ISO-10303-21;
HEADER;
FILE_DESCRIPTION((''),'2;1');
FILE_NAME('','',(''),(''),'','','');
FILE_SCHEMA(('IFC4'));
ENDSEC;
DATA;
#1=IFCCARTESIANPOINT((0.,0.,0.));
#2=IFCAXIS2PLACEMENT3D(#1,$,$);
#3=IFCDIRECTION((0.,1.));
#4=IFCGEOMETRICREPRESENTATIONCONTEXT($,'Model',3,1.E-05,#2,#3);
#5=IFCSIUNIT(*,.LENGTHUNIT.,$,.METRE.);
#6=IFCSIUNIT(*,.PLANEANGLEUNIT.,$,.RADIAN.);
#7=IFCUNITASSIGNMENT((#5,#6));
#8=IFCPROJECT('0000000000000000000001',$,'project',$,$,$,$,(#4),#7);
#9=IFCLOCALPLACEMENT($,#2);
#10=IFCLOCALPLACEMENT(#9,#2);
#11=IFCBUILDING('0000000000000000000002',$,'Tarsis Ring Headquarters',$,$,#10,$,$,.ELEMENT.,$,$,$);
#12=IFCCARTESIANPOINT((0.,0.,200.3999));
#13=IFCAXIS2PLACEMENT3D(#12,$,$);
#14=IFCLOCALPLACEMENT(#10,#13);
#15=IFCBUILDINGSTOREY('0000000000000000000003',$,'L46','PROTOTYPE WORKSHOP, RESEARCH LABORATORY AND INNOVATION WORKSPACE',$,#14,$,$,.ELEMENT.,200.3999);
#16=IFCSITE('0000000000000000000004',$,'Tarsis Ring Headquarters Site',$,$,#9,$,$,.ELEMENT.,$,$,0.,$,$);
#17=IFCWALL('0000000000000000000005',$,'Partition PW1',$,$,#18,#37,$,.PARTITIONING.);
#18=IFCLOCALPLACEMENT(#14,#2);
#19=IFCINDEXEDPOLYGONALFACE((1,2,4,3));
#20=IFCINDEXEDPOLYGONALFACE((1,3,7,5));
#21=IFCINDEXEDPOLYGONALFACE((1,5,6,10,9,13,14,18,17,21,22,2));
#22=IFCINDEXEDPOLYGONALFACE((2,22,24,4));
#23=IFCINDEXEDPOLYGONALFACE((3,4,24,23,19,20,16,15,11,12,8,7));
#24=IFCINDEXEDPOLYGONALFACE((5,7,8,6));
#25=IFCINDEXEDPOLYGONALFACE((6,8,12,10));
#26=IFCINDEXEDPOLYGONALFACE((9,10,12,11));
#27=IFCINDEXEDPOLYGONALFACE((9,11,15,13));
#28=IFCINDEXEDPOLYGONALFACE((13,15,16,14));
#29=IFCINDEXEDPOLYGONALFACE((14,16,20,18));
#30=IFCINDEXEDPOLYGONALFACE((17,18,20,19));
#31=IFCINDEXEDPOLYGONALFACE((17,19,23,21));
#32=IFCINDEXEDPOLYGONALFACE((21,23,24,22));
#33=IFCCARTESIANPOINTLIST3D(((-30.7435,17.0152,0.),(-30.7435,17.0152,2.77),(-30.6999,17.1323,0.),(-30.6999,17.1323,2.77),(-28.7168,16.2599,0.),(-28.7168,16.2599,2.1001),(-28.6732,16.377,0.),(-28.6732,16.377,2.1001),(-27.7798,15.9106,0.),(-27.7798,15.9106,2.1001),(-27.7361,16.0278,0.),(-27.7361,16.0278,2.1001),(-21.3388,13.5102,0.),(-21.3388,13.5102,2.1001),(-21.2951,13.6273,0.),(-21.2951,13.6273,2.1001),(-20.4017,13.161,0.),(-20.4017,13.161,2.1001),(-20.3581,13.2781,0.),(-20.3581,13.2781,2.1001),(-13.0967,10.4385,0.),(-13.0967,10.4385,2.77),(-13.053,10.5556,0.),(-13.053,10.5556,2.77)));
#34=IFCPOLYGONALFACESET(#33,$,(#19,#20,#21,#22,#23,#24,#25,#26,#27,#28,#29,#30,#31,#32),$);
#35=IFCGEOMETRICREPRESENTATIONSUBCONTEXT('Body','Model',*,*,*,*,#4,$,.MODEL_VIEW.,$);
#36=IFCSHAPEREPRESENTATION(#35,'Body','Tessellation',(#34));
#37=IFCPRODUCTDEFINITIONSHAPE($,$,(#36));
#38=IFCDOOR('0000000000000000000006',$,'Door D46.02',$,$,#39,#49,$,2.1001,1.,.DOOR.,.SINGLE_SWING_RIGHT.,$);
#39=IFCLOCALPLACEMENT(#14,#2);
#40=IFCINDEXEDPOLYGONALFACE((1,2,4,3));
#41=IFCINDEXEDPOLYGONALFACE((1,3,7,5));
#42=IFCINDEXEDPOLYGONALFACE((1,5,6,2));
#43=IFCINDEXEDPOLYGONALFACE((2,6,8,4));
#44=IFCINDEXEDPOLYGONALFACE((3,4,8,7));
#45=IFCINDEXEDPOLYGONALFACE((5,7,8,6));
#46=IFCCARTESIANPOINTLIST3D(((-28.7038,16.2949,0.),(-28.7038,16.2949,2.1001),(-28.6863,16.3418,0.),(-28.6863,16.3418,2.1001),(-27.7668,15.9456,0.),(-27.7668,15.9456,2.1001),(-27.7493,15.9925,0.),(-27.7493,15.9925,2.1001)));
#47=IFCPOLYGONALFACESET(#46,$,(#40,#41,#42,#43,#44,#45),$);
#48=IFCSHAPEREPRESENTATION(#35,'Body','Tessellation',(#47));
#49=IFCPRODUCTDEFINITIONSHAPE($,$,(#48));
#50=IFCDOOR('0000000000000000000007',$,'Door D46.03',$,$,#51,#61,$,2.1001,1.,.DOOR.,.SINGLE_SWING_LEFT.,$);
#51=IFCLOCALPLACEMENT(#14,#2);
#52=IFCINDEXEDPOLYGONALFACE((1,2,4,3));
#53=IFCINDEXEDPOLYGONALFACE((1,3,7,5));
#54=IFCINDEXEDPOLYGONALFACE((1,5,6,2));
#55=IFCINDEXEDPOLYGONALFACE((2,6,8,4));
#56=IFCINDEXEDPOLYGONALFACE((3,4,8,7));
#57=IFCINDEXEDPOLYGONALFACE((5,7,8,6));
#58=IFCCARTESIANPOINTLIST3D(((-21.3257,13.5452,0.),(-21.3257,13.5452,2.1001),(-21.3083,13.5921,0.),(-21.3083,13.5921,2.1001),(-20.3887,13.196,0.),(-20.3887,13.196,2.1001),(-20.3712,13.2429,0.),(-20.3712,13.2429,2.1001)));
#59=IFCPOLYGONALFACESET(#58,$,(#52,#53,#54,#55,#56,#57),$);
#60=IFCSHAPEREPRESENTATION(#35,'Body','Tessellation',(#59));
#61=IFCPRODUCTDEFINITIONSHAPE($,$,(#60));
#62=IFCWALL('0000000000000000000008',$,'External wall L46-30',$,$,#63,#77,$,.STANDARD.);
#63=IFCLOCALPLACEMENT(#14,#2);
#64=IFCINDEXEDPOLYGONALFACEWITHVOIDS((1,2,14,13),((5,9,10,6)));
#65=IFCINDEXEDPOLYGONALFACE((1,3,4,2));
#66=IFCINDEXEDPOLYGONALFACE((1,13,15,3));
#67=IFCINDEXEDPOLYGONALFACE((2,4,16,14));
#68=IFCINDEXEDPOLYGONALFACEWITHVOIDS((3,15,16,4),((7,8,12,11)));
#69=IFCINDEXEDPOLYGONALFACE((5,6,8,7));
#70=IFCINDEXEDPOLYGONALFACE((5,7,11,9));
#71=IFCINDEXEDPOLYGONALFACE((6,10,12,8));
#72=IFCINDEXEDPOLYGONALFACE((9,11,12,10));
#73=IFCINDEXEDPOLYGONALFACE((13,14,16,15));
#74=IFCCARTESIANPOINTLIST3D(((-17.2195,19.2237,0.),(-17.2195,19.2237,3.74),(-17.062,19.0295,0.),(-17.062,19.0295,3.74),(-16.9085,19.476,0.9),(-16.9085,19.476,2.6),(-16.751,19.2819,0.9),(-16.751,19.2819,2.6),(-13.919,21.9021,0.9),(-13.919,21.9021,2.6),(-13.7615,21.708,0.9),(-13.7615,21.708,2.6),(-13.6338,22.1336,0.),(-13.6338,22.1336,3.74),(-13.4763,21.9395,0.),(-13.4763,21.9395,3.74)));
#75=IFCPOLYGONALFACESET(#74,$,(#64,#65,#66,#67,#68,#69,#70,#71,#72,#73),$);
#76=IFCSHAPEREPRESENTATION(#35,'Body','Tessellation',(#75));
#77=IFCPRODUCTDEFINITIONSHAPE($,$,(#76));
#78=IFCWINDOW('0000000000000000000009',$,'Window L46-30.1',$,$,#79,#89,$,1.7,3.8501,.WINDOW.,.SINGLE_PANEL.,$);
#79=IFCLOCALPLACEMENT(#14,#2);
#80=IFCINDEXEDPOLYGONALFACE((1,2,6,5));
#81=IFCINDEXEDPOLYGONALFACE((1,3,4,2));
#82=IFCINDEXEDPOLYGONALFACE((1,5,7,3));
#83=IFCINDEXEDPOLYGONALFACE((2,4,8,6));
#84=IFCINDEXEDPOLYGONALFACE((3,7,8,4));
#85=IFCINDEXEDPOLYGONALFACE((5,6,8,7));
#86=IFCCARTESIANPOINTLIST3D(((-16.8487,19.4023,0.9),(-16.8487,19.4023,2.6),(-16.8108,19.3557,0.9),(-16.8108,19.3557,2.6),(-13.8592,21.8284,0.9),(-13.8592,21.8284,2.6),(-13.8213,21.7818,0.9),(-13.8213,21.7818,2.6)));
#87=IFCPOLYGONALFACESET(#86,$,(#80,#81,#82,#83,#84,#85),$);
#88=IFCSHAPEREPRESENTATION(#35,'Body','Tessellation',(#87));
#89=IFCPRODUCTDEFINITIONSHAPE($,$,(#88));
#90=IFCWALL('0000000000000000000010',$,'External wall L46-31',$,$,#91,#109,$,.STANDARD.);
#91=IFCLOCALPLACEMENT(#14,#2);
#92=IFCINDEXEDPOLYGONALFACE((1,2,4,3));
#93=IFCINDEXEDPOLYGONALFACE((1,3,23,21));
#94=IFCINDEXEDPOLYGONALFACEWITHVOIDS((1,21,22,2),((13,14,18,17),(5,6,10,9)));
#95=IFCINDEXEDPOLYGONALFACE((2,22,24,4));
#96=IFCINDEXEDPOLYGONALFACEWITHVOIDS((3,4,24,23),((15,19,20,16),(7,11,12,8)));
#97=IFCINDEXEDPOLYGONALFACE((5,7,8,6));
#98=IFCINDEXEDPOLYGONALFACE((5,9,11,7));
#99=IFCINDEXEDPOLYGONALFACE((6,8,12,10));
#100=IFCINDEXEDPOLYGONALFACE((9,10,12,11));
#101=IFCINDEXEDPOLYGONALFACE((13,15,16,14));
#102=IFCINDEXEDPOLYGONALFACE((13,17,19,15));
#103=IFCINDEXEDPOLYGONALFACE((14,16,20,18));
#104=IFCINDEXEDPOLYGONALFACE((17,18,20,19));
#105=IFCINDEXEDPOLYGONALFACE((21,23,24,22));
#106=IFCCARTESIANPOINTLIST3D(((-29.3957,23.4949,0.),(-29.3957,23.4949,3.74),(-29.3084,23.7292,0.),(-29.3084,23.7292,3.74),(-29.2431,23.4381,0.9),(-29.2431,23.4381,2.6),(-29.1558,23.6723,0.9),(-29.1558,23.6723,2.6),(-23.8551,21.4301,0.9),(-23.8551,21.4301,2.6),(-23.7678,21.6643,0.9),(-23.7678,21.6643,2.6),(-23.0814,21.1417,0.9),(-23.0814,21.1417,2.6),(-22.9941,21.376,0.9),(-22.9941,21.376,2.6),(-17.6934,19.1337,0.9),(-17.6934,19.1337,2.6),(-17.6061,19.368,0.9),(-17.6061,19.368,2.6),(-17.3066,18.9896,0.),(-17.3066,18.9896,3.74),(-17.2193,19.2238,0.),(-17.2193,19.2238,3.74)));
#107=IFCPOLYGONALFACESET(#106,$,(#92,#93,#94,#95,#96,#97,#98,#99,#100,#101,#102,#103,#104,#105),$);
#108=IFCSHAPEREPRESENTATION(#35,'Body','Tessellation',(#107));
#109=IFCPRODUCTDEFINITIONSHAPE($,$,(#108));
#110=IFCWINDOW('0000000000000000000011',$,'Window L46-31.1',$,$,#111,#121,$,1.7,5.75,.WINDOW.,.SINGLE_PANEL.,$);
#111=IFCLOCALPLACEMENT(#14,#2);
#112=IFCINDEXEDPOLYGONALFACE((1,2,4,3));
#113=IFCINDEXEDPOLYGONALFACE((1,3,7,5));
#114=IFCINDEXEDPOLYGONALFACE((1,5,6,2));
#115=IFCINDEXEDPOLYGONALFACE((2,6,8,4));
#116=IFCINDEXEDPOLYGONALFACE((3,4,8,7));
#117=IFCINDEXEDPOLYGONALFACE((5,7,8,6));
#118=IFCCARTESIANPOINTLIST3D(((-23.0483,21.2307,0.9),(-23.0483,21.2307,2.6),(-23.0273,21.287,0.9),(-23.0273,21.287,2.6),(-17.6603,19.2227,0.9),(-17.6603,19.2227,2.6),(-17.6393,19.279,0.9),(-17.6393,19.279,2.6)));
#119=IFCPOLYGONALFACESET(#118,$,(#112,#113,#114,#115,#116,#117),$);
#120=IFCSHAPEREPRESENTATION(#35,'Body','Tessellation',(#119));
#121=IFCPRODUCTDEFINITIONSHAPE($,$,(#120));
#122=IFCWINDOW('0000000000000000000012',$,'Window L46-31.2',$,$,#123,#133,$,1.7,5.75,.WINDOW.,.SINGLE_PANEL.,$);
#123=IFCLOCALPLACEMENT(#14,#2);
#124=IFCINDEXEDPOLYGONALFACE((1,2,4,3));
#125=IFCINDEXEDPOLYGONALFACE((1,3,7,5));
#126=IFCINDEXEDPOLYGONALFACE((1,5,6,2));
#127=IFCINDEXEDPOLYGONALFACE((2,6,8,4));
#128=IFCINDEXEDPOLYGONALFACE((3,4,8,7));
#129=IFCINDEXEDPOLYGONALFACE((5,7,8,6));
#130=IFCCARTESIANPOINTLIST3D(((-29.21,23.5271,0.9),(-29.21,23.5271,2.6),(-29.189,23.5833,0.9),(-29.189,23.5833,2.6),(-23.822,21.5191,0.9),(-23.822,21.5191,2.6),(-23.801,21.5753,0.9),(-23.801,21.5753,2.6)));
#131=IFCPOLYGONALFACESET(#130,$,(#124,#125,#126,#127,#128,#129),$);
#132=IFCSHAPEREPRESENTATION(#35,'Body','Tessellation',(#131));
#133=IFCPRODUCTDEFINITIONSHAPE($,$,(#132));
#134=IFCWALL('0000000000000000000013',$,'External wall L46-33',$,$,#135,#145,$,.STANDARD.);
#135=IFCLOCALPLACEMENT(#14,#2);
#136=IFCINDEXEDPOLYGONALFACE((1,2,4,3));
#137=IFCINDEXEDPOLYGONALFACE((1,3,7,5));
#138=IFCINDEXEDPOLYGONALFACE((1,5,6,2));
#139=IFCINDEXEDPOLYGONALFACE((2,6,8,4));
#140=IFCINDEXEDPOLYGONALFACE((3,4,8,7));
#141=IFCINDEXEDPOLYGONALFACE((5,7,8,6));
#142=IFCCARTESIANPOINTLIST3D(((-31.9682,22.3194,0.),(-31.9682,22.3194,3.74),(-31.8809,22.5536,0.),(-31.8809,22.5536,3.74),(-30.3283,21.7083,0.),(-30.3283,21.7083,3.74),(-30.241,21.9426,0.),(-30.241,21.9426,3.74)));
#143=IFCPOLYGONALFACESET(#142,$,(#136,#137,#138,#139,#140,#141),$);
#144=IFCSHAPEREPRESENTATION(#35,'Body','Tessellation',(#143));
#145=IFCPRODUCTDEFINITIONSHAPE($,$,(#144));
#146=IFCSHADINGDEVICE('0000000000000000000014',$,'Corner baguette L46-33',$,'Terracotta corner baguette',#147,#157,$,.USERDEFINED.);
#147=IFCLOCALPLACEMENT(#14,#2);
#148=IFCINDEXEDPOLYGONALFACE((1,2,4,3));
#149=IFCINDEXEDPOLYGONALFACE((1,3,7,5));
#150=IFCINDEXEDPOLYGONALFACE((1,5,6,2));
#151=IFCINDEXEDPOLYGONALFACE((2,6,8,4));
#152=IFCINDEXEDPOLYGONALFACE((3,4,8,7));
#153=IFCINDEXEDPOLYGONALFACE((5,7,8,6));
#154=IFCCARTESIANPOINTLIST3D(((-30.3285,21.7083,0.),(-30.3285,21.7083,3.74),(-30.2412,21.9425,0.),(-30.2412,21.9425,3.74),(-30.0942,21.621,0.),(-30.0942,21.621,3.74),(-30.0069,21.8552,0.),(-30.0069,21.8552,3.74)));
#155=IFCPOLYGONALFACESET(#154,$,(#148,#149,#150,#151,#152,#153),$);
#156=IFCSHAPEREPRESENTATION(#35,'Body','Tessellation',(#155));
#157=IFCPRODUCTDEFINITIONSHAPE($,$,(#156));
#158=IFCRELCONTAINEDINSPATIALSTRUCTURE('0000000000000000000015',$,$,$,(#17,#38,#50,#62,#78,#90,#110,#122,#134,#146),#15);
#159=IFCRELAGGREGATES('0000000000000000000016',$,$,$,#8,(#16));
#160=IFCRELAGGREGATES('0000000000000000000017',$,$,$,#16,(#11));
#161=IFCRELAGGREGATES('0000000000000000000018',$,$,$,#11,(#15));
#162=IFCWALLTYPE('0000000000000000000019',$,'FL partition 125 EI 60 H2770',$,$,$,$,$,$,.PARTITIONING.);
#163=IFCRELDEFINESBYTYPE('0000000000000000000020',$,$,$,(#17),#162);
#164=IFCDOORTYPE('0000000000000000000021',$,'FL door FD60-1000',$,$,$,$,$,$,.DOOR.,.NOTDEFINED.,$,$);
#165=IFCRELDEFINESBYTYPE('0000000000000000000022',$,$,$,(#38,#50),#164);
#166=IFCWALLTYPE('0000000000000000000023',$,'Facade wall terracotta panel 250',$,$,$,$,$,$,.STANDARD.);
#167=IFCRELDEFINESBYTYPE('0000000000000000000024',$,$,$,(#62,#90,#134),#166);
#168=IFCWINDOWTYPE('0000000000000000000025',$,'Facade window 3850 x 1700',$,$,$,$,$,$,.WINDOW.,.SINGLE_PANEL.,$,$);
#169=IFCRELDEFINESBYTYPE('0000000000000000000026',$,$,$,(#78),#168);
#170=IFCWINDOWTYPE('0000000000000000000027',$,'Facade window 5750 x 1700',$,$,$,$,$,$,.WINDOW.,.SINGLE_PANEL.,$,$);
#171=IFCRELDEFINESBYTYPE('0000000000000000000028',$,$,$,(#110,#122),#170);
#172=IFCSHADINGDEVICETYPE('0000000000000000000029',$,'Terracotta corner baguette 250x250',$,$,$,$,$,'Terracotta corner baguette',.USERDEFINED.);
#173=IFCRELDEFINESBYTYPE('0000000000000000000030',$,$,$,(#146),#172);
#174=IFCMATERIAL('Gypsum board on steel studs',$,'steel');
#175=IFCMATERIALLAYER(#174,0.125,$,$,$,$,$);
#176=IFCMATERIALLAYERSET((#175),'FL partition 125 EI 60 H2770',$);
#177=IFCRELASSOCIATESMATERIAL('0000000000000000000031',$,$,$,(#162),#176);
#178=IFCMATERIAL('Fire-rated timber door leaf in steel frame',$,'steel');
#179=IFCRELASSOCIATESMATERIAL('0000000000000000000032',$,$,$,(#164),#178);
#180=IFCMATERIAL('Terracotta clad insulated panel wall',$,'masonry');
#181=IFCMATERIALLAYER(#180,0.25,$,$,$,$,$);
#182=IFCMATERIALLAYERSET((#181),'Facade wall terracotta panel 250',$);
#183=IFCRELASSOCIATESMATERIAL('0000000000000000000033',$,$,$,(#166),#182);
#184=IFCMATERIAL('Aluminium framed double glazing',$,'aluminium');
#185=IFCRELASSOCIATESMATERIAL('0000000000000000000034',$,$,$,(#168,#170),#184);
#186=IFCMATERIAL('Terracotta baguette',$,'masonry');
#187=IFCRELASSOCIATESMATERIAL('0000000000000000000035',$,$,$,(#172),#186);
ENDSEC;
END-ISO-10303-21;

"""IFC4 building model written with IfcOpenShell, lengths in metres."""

from ifc_helpers import new_model, si_unit, direction, frame, frame_2d, origin, origin_2d, place, context, subcontext, project, spatial, rectangle, extrude, material, layer, layer_set, type_object, element, fill, save


model = new_model("IFC4")

# Units and contexts
model_context = context("Model", 3, precision=1e-05, world=origin(), true_north=direction((0.0, 1.0)))
body_context = subcontext(model_context, "Body", "Model", "MODEL_VIEW")
ifc_project = project(units=[si_unit("LENGTHUNIT", "METRE"), si_unit("PLANEANGLEUNIT", "RADIAN")], contexts=[model_context])

# Site, building, storey
site_placement = place(None, origin())
site = spatial("IfcSite", under=ifc_project, at=site_placement, Name="Tarsis Ring Headquarters Site", CompositionType="ELEMENT", RefElevation=0.0)
building_placement = place(site_placement, origin())
building = spatial("IfcBuilding", under=site, at=building_placement, Name="Tarsis Ring Headquarters", CompositionType="ELEMENT")
storey_placement = place(building_placement, frame((0.0, 0.0, 200.3999)))
storey = spatial("IfcBuildingStorey", under=building, at=storey_placement, Name="L46", Description="PROTOTYPE WORKSHOP, RESEARCH LABORATORY AND INNOVATION WORKSPACE", CompositionType="ELEMENT", Elevation=200.3999)

# Shared definitions
ifc_material_1 = material(Name="Gypsum board on steel studs", Category="steel")

# Wall, openings, doors
ifc_layer_1 = layer(ifc_material_1, 0.125)
ifc_layer_set_1 = layer_set([ifc_layer_1], Name="FL partition 125 EI 60 H2770")
wall_type_1 = type_object("IfcWallType", Name="FL partition 125 EI 60 H2770", PredefinedType="PARTITIONING", material=ifc_layer_set_1)
ifc_material_2 = material(Name="Fire-rated timber door leaf in steel frame", Category="steel")
door_type_1 = type_object("IfcDoorType", Name="FL door FD60-1000", OperationType="NOTDEFINED", PredefinedType="DOOR", material=ifc_material_2)
wall_1_placement = place(storey_placement, frame((-30.7217, 17.0737, 0.0), z_axis=(0.0, 0.0, 1.0), x_axis=(0.937041, -0.34922, 0.0)))
wall_1 = element("IfcWall", 1, at=wall_1_placement, inside=storey, type_object=wall_type_1, Name="Partition PW1", PredefinedType="PARTITIONING", context=body_context, shape_type="SweptSolid", body=[
    extrude(rectangle(XDim=18.8325, YDim=0.125, at=frame_2d((9.4163, 0.0))), origin(), (0.0, 0.0, 1.0), 2.77),
])
opening_1_placement = place(wall_1_placement, frame((2.1628, 0.0, 0.0)))
opening_1 = element("IfcOpeningElement", 2, at=opening_1_placement, cuts=wall_1, PredefinedType="OPENING", context=body_context, shape_type="SweptSolid", body=[
    extrude(rectangle(XDim=1.0, YDim=2.1001, at=frame_2d((0.5, 1.05))), frame((0.0, 0.0725, 0.0), z_axis=(0.0, -1.0, 0.0), x_axis=(1.0, 0.0, 0.0)), (0.0, 0.0, 1.0), 0.145),
])
opening_2_placement = place(wall_1_placement, frame((10.0366, 0.0, 0.0)))
opening_2 = element("IfcOpeningElement", 3, at=opening_2_placement, cuts=wall_1, PredefinedType="OPENING", context=body_context, shape_type="SweptSolid", body=[
    extrude(rectangle(XDim=1.0, YDim=2.1001, at=frame_2d((0.5, 1.05))), frame((0.0, 0.0725, 0.0), z_axis=(0.0, -1.0, 0.0), x_axis=(1.0, 0.0, 0.0)), (0.0, 0.0, 1.0), 0.145),
])
door_1_placement = place(opening_1_placement, origin())
door_1 = element("IfcDoor", 4, at=door_1_placement, inside=storey, type_object=door_type_1, Name="Door D46.02", OperationType="SINGLE_SWING_RIGHT", OverallHeight=2.1001, OverallWidth=1.0, PredefinedType="DOOR", context=body_context, shape_type="SweptSolid", body=[
    extrude(rectangle(XDim=1.0, YDim=2.1001, at=frame_2d((0.5, 1.05))), frame((0.0, 0.0249, 0.0), z_axis=(0.0, -1.0, 0.0), x_axis=(1.0, 0.0, 0.0)), (0.0, 0.0, 1.0), 0.05),
])
fill(opening_1, door_1)
door_2_placement = place(opening_2_placement, origin())
door_2 = element("IfcDoor", 5, at=door_2_placement, inside=storey, type_object=door_type_1, Name="Door D46.03", OperationType="SINGLE_SWING_LEFT", OverallHeight=2.1001, OverallWidth=1.0, PredefinedType="DOOR", context=body_context, shape_type="SweptSolid", body=[
    extrude(rectangle(XDim=1.0, YDim=2.1001, at=frame_2d((0.5, 1.05))), frame((0.0, 0.0249, 0.0), z_axis=(0.0, -1.0, 0.0), x_axis=(1.0, 0.0, 0.0)), (0.0, 0.0, 1.0), 0.05),
])
fill(opening_2, door_2)

# Wall, opening, window
ifc_material_3 = material(Name="Terracotta clad insulated panel wall", Category="masonry")
ifc_layer_2 = layer(ifc_material_3, 0.25)
ifc_layer_set_2 = layer_set([ifc_layer_2], Name="Facade wall terracotta panel 250")
wall_type_2 = type_object("IfcWallType", Name="Facade wall terracotta panel 250", PredefinedType="STANDARD", material=ifc_layer_set_2)
wall_2_placement = place(storey_placement, frame((-13.5549, 22.0366, 0.0), z_axis=(0.0, 0.0, 1.0), x_axis=(-0.776481, -0.630141, 0.0)))
wall_2 = element("IfcWall", 6, at=wall_2_placement, inside=storey, type_object=wall_type_2, Name="External wall L46-30", PredefinedType="STANDARD", context=body_context, shape_type="SweptSolid", body=[
    extrude(rectangle(XDim=4.6179, YDim=0.25, at=frame_2d((2.3091, 0.0))), origin(), (0.0, 0.0, 1.0), 3.74),
])
opening_3_placement = place(wall_2_placement, frame((0.3674, 0.0, 0.8999)))
opening_3 = element("IfcOpeningElement", 7, at=opening_3_placement, cuts=wall_2, PredefinedType="OPENING", context=body_context, shape_type="SweptSolid", body=[
    extrude(rectangle(XDim=3.8501, YDim=1.7, at=frame_2d((1.925, 0.8501))), frame((0.0, 0.135, 0.0), z_axis=(0.0, -1.0, 0.0), x_axis=(1.0, 0.0, 0.0)), (0.0, 0.0, 1.0), 0.27),
])
ifc_material_4 = material(Name="Aluminium framed double glazing", Category="aluminium")
window_type_1 = type_object("IfcWindowType", Name="Facade window 3850 x 1700", PartitioningType="SINGLE_PANEL", PredefinedType="WINDOW", material=ifc_material_4)
window_1_placement = place(opening_3_placement, origin())
window_1 = element("IfcWindow", 8, at=window_1_placement, inside=storey, type_object=window_type_1, Name="Window L46-30.1", OverallHeight=1.7, OverallWidth=3.8501, PartitioningType="SINGLE_PANEL", PredefinedType="WINDOW", context=body_context, shape_type="SweptSolid", body=[
    extrude(rectangle(XDim=3.8501, YDim=1.7, at=frame_2d((1.925, 0.8501))), frame((0.0, 0.03, 0.0), z_axis=(0.0, -1.0, 0.0), x_axis=(1.0, 0.0, 0.0)), (0.0, 0.0, 1.0), 0.0601),
])
fill(opening_3, window_1)

# Wall, openings, windows
wall_3_placement = place(storey_placement, frame((-17.2629, 19.1067, 0.0), z_axis=(0.0, 0.0, 1.0), x_axis=(-0.937042, 0.349217, 0.0)))
wall_3 = element("IfcWall", 9, at=wall_3_placement, inside=storey, type_object=wall_type_2, Name="External wall L46-31", PredefinedType="STANDARD", context=body_context, shape_type="SweptSolid", body=[
    extrude(rectangle(XDim=12.9014, YDim=0.25, at=frame_2d((6.4507, 0.0))), origin(), (0.0, 0.0, 1.0), 3.74),
])
opening_4_placement = place(wall_3_placement, frame((0.4128, 0.0, 0.8999)))
opening_4 = element("IfcOpeningElement", 10, at=opening_4_placement, cuts=wall_3, PredefinedType="OPENING", context=body_context, shape_type="SweptSolid", body=[
    extrude(rectangle(XDim=5.75, YDim=1.7, at=frame_2d((2.875, 0.8501))), frame((0.0, 0.135, 0.0), z_axis=(0.0, -1.0, 0.0), x_axis=(1.0, 0.0, 0.0)), (0.0, 0.0, 1.0), 0.27),
])
opening_5_placement = place(wall_3_placement, frame((6.9885, 0.0, 0.8999)))
opening_5 = element("IfcOpeningElement", 11, at=opening_5_placement, cuts=wall_3, PredefinedType="OPENING", context=body_context, shape_type="SweptSolid", body=[
    extrude(rectangle(XDim=5.75, YDim=1.7, at=frame_2d((2.875, 0.8501))), frame((0.0, 0.135, 0.0), z_axis=(0.0, -1.0, 0.0), x_axis=(1.0, 0.0, 0.0)), (0.0, 0.0, 1.0), 0.27),
])
window_type_2 = type_object("IfcWindowType", Name="Facade window 5750 x 1700", PartitioningType="SINGLE_PANEL", PredefinedType="WINDOW", material=ifc_material_4)
window_2_placement = place(opening_4_placement, origin())
window_2 = element("IfcWindow", 12, at=window_2_placement, inside=storey, type_object=window_type_2, Name="Window L46-31.1", OverallHeight=1.7, OverallWidth=5.75, PartitioningType="SINGLE_PANEL", PredefinedType="WINDOW", context=body_context, shape_type="SweptSolid", body=[
    extrude(rectangle(XDim=5.75, YDim=1.7, at=frame_2d((2.875, 0.8501))), frame((0.0, 0.03, 0.0), z_axis=(0.0, -1.0, 0.0), x_axis=(1.0, 0.0, 0.0)), (0.0, 0.0, 1.0), 0.0601),
])
fill(opening_4, window_2)
window_3_placement = place(opening_5_placement, origin())
window_3 = element("IfcWindow", 13, at=window_3_placement, inside=storey, type_object=window_type_2, Name="Window L46-31.2", OverallHeight=1.7, OverallWidth=5.75, PartitioningType="SINGLE_PANEL", PredefinedType="WINDOW", context=body_context, shape_type="SweptSolid", body=[
    extrude(rectangle(XDim=5.75, YDim=1.7, at=frame_2d((2.875, 0.8501))), frame((0.0, 0.03, 0.0), z_axis=(0.0, -1.0, 0.0), x_axis=(1.0, 0.0, 0.0)), (0.0, 0.0, 1.0), 0.0601),
])
fill(opening_5, window_3)

# Wall
wall_4_placement = place(storey_placement, frame((-30.2847, 21.8254, 0.0), z_axis=(0.0, 0.0, 1.0), x_axis=(-0.937055, 0.349181, 0.0)))
element("IfcWall", 14, at=wall_4_placement, inside=storey, type_object=wall_type_2, Name="External wall L46-33", PredefinedType="STANDARD", context=body_context, shape_type="SweptSolid", body=[
    extrude(rectangle(XDim=1.75, YDim=0.25, at=frame_2d((0.875, 0.0))), origin(), (0.0, 0.0, 1.0), 3.74),
])

# Shading device
ifc_material_5 = material(Name="Terracotta baguette", Category="masonry")
shading_device_type = type_object("IfcShadingDeviceType", Name="Terracotta corner baguette 250x250", ElementType="Terracotta corner baguette", PredefinedType="USERDEFINED", material=ifc_material_5)
shading_device_placement = place(storey_placement, frame((-30.1677, 21.7817, 0.0), z_axis=(0.0, 0.0, 1.0), x_axis=(-0.349226, -0.937038, 0.0)))
element("IfcShadingDevice", 15, at=shading_device_placement, inside=storey, type_object=shading_device_type, Name="Corner baguette L46-33", ObjectType="Terracotta corner baguette", PredefinedType="USERDEFINED", context=body_context, shape_type="SweptSolid", body=[
    extrude(rectangle(XDim=0.25, YDim=0.25, at=origin_2d()), origin(), (0.0, 0.0, 1.0), 3.74),
])

save(model, "model.ifc")
